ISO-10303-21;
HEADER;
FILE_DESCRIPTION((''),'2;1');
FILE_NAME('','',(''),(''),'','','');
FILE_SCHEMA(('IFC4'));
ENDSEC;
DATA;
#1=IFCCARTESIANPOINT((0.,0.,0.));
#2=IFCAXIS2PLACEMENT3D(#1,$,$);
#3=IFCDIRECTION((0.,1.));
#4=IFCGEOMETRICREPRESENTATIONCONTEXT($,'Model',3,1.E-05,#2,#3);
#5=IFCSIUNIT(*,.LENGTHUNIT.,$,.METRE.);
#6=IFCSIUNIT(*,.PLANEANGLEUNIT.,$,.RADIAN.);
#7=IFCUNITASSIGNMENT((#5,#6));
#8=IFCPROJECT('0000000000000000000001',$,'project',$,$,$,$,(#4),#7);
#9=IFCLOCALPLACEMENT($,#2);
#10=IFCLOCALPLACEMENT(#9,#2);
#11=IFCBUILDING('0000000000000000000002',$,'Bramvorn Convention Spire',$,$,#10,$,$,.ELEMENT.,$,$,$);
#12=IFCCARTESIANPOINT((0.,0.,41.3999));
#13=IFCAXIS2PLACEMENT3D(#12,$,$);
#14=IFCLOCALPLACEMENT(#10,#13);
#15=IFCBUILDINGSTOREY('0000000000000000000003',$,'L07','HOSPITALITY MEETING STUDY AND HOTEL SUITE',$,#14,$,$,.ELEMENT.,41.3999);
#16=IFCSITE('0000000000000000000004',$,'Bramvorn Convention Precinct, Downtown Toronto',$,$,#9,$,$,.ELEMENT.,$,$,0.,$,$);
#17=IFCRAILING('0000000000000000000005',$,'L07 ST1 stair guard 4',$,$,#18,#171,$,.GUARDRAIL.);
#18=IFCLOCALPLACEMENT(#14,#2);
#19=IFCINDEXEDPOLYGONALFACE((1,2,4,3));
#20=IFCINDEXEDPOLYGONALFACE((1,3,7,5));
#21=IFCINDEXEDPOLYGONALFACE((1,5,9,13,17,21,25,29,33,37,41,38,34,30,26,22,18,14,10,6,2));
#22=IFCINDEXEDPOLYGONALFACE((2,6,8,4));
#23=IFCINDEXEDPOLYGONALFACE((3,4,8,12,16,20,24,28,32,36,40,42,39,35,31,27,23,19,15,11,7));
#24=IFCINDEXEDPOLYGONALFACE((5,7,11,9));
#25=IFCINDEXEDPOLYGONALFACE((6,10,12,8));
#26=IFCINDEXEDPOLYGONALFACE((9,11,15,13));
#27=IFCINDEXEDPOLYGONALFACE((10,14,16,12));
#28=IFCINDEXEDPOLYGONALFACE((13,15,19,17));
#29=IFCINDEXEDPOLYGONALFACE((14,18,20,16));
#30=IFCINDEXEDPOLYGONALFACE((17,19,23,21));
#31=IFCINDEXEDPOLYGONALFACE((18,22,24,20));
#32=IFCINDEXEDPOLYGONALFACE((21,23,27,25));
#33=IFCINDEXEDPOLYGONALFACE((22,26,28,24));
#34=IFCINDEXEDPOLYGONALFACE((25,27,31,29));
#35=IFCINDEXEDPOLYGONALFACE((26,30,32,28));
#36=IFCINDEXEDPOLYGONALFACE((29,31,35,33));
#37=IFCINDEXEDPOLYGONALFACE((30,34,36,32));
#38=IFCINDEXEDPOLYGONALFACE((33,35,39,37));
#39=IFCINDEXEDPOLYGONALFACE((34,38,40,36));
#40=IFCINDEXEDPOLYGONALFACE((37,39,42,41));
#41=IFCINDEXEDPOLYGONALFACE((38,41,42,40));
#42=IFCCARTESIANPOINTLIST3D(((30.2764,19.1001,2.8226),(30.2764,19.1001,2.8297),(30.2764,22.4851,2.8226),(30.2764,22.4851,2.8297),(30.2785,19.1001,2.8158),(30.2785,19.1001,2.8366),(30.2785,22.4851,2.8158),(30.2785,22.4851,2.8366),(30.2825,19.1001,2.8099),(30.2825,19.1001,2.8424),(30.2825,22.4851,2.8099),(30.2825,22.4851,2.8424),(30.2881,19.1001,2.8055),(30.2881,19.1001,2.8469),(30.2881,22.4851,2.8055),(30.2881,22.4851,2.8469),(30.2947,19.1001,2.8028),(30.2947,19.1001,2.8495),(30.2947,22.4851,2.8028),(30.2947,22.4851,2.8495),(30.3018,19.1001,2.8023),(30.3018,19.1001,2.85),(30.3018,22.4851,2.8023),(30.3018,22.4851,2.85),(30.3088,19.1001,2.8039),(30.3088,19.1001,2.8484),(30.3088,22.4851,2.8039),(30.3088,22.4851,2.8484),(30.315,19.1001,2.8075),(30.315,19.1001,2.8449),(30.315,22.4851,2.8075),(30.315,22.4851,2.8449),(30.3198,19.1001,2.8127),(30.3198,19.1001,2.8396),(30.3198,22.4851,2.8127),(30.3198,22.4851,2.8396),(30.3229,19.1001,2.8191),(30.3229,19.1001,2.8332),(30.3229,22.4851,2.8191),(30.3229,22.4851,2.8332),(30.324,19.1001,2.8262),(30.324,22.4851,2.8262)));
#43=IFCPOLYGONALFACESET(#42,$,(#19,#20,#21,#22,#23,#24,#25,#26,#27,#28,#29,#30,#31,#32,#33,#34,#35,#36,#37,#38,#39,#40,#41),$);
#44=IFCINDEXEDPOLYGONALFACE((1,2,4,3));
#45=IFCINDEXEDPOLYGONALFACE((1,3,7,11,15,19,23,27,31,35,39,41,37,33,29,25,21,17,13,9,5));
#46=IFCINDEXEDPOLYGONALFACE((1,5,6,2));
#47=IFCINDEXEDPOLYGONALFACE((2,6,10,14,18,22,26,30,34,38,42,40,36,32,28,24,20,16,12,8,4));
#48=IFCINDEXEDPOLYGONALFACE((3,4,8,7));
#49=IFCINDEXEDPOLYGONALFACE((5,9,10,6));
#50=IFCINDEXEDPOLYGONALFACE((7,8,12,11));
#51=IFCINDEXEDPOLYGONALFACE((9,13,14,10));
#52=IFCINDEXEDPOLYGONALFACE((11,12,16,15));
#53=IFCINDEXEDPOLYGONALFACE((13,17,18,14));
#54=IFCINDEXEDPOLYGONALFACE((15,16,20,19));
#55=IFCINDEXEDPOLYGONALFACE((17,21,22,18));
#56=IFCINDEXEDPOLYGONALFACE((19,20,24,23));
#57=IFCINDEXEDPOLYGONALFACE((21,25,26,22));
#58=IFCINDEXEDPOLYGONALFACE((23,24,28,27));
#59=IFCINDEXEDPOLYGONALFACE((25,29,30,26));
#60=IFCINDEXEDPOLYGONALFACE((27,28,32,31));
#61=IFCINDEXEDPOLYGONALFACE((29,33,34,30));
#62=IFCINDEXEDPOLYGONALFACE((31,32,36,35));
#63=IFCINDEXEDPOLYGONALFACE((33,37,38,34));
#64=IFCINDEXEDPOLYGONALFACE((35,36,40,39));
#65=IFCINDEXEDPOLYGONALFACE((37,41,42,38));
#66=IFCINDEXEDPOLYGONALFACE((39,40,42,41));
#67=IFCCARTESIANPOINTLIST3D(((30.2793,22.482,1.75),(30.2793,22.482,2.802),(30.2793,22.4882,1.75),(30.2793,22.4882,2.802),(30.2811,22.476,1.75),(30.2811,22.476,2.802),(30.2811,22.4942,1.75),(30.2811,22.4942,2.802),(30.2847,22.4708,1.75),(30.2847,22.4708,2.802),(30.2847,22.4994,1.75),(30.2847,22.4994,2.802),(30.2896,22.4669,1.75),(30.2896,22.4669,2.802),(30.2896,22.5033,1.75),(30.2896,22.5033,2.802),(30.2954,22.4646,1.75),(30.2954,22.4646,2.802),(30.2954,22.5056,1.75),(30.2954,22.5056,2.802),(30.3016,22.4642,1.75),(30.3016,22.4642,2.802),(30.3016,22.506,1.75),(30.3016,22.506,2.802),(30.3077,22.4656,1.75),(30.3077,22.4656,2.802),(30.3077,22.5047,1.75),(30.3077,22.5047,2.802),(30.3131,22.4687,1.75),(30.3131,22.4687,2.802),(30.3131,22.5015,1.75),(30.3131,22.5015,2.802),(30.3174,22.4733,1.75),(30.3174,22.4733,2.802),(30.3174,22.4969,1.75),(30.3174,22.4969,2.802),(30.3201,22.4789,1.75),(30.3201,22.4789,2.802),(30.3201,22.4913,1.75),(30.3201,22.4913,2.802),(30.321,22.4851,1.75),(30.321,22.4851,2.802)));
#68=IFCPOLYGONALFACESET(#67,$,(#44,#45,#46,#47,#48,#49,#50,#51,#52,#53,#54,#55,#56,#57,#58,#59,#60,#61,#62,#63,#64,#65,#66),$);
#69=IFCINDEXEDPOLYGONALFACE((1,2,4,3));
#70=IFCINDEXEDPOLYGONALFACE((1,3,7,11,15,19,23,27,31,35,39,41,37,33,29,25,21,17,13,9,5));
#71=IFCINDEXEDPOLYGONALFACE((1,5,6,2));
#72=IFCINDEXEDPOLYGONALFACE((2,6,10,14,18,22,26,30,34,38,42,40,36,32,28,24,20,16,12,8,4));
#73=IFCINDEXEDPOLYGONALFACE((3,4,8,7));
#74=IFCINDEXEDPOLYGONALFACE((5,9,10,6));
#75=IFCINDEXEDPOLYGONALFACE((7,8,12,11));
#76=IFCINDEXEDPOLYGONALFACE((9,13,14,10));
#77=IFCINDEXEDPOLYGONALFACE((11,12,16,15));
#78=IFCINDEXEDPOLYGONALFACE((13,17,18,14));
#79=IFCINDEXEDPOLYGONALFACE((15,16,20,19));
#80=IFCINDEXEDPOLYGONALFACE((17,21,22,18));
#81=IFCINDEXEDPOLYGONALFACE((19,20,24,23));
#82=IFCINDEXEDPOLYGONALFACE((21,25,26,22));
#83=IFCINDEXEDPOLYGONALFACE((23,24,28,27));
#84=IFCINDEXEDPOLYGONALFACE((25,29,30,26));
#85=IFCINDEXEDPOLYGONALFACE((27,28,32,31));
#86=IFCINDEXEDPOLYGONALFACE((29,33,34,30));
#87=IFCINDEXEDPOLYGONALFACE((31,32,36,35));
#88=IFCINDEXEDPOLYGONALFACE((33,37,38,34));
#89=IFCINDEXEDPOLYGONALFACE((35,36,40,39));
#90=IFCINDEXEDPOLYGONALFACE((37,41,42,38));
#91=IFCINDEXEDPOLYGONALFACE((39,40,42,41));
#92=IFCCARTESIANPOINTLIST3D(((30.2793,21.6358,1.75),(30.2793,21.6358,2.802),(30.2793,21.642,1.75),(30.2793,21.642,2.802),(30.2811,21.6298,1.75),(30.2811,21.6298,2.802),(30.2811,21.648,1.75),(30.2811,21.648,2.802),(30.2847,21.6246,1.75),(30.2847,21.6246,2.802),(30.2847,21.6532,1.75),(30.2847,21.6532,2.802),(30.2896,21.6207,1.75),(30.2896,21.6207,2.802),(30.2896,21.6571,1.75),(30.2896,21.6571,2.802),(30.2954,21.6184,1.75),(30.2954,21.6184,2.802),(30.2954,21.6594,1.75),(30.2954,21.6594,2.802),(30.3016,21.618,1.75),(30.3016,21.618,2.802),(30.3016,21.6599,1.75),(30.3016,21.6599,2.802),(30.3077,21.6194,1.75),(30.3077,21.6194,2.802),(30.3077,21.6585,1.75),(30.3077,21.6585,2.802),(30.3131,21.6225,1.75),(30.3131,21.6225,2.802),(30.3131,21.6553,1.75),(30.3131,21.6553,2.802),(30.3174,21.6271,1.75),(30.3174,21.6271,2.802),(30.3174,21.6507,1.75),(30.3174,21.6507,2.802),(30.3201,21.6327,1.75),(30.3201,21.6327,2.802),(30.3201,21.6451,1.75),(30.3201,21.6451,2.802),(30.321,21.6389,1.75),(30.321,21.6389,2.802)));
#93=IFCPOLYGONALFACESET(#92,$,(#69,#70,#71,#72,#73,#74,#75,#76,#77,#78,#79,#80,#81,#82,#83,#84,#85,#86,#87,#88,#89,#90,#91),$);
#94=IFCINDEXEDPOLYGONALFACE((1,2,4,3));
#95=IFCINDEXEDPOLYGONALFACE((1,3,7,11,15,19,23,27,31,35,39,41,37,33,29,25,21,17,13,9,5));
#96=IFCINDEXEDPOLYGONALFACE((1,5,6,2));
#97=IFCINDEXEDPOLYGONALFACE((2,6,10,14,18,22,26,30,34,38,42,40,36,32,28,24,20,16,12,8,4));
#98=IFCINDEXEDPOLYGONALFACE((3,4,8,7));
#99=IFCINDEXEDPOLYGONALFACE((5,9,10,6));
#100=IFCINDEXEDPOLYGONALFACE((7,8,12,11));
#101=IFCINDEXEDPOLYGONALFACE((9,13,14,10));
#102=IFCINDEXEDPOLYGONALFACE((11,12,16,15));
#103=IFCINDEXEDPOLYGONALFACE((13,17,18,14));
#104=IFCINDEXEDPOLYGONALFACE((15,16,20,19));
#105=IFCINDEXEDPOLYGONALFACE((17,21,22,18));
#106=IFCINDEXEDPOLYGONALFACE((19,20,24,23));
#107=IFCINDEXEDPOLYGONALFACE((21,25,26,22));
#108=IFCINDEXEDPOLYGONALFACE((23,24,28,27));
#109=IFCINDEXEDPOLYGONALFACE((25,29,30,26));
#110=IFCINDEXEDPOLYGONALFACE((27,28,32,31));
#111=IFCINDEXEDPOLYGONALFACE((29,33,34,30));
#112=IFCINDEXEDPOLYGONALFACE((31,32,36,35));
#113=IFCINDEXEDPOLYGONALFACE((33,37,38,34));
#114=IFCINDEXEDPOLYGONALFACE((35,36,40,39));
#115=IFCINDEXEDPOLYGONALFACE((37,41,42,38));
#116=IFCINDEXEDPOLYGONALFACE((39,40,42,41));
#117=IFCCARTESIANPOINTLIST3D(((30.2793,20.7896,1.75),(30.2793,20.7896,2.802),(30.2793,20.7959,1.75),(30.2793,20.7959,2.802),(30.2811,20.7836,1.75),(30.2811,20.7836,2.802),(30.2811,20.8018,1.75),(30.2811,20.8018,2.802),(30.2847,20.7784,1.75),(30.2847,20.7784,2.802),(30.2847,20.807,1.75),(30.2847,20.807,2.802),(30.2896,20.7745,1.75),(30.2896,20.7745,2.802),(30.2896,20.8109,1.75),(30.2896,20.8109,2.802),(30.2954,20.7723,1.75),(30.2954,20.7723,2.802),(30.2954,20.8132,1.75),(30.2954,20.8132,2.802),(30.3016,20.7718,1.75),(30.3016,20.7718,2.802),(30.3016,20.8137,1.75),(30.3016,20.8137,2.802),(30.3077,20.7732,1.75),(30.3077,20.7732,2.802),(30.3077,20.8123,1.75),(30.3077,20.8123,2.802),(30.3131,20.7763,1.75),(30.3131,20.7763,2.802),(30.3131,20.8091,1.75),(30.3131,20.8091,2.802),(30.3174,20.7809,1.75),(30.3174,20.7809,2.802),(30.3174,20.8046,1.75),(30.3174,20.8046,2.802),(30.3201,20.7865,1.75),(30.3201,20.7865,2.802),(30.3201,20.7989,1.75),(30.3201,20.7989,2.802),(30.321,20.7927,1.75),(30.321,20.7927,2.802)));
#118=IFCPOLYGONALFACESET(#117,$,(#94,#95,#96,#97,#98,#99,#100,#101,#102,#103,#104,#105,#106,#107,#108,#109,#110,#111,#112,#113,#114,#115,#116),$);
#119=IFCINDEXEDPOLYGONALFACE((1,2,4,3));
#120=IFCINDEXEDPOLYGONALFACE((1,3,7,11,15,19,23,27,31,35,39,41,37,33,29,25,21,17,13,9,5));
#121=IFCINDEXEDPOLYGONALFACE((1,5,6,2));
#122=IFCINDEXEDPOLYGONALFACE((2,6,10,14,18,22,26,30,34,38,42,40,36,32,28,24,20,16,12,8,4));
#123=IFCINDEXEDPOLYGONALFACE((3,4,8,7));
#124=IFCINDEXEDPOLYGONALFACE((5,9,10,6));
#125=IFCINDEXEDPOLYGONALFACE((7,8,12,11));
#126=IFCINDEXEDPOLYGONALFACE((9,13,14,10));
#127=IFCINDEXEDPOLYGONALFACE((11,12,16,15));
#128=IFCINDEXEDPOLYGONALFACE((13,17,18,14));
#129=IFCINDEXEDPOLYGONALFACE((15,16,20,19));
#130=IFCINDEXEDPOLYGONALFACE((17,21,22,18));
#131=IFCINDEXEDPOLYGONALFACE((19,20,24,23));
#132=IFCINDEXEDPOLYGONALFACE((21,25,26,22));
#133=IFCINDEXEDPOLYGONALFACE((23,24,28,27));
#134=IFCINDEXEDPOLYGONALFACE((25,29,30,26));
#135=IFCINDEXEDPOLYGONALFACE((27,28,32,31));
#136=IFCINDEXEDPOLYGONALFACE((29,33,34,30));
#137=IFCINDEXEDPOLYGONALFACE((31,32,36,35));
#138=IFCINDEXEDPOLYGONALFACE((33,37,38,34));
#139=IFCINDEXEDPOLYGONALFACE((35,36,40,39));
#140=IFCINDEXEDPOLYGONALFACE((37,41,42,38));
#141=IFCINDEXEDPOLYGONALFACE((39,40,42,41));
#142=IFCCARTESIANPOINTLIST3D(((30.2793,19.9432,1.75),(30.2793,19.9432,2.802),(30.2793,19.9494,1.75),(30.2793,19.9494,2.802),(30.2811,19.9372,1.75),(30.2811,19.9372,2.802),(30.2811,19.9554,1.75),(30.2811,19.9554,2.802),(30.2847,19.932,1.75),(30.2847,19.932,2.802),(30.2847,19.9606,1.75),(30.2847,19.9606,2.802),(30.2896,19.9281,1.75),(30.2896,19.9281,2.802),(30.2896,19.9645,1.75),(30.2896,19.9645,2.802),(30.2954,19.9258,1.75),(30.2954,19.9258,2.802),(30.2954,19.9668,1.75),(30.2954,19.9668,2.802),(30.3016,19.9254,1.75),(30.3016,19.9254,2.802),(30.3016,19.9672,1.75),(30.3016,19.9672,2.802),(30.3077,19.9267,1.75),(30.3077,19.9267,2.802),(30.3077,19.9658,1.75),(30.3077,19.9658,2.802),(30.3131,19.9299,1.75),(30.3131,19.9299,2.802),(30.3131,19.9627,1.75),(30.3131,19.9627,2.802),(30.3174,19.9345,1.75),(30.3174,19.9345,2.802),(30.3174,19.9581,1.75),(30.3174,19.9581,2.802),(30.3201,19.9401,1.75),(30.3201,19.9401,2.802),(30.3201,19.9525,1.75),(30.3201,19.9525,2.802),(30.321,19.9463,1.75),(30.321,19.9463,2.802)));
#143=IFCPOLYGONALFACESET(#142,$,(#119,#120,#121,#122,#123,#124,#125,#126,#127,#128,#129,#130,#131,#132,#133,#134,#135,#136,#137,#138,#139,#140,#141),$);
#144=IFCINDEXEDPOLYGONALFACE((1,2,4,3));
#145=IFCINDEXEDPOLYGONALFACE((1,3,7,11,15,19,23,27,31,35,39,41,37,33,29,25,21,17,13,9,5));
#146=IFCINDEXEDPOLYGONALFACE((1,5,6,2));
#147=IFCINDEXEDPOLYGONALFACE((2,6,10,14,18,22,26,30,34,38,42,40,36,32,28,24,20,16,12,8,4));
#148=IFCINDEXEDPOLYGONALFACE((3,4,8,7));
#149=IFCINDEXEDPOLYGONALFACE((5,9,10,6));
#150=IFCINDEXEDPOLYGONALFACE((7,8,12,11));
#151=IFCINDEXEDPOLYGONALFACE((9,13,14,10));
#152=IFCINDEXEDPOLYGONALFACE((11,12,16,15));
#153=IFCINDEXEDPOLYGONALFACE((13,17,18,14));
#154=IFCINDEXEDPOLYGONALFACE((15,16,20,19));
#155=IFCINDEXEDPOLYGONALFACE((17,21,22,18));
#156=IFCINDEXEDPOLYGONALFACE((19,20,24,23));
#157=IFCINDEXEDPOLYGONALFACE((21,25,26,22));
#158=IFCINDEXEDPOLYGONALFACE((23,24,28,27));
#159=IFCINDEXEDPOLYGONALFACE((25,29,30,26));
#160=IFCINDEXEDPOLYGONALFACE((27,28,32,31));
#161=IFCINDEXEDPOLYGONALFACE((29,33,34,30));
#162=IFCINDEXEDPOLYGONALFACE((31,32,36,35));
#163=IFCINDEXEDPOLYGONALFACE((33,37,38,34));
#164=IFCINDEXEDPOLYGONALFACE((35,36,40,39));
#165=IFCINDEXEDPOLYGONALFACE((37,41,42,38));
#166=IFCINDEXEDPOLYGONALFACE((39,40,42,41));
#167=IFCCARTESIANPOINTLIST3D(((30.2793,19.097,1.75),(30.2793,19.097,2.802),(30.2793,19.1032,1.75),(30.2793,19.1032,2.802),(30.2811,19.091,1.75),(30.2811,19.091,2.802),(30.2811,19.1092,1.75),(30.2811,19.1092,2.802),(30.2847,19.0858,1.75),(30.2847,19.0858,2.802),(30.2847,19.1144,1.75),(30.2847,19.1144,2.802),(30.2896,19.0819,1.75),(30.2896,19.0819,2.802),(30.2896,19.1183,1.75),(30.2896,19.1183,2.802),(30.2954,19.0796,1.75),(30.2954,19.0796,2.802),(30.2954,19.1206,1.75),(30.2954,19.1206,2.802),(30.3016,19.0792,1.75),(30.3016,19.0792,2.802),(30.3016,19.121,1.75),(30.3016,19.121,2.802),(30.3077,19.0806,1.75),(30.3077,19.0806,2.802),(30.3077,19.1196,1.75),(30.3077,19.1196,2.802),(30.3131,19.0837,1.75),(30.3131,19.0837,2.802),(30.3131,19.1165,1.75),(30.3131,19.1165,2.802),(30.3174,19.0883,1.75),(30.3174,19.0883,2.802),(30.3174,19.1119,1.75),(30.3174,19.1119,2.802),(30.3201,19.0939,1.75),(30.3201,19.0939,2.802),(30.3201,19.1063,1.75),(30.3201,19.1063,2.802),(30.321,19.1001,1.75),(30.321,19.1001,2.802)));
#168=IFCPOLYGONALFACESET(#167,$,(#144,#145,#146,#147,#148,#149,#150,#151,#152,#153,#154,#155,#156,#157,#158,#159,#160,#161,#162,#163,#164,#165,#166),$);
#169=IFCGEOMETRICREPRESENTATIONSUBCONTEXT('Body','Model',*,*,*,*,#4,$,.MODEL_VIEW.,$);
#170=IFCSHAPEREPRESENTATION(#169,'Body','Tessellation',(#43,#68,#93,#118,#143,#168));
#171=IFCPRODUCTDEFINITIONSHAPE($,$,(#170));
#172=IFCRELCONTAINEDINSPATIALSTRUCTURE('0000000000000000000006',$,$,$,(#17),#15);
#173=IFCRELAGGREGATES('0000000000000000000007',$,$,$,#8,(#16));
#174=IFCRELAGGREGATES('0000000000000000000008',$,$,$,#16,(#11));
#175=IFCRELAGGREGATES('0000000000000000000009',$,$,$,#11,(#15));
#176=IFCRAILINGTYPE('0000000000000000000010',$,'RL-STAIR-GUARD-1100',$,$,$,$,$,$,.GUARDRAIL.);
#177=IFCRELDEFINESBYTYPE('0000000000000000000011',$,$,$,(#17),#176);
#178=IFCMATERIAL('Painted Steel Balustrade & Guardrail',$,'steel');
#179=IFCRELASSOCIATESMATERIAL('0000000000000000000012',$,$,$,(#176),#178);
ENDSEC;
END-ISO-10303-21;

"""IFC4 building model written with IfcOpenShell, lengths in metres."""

from ifc_helpers import new_model, si_unit, direction, frame, origin, origin_2d, place, context, subcontext, project, spatial, circle, extrude, material, type_object, element, save


model = new_model("IFC4")

# Units and contexts
model_context = context("Model", 3, precision=1e-05, world=origin(), true_north=direction((0.0, 1.0)))
body_context = subcontext(model_context, "Body", "Model", "MODEL_VIEW")
ifc_project = project(units=[si_unit("LENGTHUNIT", "METRE"), si_unit("PLANEANGLEUNIT", "RADIAN")], contexts=[model_context])

# Site, building, storey
site_placement = place(None, origin())
site = spatial("IfcSite", under=ifc_project, at=site_placement, Name="Bramvorn Convention Precinct, Downtown Toronto", CompositionType="ELEMENT", RefElevation=0.0)
building_placement = place(site_placement, origin())
building = spatial("IfcBuilding", under=site, at=building_placement, Name="Bramvorn Convention Spire", CompositionType="ELEMENT")
storey_placement = place(building_placement, frame((0.0, 0.0, 41.3999)))
storey = spatial("IfcBuildingStorey", under=building, at=storey_placement, Name="L07", Description="HOSPITALITY MEETING STUDY AND HOTEL SUITE", CompositionType="ELEMENT", Elevation=41.3999)

# Railing
ifc_material_1 = material(Name="Painted Steel Balustrade & Guardrail", Category="steel")
railing_type_1 = type_object("IfcRailingType", Name="RL-STAIR-GUARD-1100", PredefinedType="GUARDRAIL", material=ifc_material_1)
for number, where, name in (
    (1, (30.3, 22.4851, 1.75), "L07 ST1 stair guard 4"),
):
    element("IfcRailing", number, at=place(storey_placement, frame(where)), inside=storey, type_object=railing_type_1, Name=name, PredefinedType="GUARDRAIL", context=body_context, shape_type="SweptSolid", body=[
        extrude(circle(Radius=0.0239, at=origin_2d()), frame((0.0, 0.0, 1.0762), z_axis=(0.0, -1.0, 0.0), x_axis=(1.0, 0.0, 0.0)), (0.0, 0.0, 1.0), 3.385),
        extrude(circle(Radius=0.021, at=origin_2d()), origin(), (0.0, 0.0, 1.0), 1.052),
        extrude(circle(Radius=0.021, at=origin_2d()), frame((0.0, -0.8462, 0.0)), (0.0, 0.0, 1.0), 1.052),
        extrude(circle(Radius=0.021, at=origin_2d()), frame((0.0, -1.6924, 0.0)), (0.0, 0.0, 1.0), 1.052),
        extrude(circle(Radius=0.021, at=origin_2d()), frame((0.0, -2.5388, 0.0)), (0.0, 0.0, 1.0), 1.052),
        extrude(circle(Radius=0.021, at=origin_2d()), frame((0.0, -3.385, 0.0)), (0.0, 0.0, 1.0), 1.052),
    ])

save(model, "model.ifc")
